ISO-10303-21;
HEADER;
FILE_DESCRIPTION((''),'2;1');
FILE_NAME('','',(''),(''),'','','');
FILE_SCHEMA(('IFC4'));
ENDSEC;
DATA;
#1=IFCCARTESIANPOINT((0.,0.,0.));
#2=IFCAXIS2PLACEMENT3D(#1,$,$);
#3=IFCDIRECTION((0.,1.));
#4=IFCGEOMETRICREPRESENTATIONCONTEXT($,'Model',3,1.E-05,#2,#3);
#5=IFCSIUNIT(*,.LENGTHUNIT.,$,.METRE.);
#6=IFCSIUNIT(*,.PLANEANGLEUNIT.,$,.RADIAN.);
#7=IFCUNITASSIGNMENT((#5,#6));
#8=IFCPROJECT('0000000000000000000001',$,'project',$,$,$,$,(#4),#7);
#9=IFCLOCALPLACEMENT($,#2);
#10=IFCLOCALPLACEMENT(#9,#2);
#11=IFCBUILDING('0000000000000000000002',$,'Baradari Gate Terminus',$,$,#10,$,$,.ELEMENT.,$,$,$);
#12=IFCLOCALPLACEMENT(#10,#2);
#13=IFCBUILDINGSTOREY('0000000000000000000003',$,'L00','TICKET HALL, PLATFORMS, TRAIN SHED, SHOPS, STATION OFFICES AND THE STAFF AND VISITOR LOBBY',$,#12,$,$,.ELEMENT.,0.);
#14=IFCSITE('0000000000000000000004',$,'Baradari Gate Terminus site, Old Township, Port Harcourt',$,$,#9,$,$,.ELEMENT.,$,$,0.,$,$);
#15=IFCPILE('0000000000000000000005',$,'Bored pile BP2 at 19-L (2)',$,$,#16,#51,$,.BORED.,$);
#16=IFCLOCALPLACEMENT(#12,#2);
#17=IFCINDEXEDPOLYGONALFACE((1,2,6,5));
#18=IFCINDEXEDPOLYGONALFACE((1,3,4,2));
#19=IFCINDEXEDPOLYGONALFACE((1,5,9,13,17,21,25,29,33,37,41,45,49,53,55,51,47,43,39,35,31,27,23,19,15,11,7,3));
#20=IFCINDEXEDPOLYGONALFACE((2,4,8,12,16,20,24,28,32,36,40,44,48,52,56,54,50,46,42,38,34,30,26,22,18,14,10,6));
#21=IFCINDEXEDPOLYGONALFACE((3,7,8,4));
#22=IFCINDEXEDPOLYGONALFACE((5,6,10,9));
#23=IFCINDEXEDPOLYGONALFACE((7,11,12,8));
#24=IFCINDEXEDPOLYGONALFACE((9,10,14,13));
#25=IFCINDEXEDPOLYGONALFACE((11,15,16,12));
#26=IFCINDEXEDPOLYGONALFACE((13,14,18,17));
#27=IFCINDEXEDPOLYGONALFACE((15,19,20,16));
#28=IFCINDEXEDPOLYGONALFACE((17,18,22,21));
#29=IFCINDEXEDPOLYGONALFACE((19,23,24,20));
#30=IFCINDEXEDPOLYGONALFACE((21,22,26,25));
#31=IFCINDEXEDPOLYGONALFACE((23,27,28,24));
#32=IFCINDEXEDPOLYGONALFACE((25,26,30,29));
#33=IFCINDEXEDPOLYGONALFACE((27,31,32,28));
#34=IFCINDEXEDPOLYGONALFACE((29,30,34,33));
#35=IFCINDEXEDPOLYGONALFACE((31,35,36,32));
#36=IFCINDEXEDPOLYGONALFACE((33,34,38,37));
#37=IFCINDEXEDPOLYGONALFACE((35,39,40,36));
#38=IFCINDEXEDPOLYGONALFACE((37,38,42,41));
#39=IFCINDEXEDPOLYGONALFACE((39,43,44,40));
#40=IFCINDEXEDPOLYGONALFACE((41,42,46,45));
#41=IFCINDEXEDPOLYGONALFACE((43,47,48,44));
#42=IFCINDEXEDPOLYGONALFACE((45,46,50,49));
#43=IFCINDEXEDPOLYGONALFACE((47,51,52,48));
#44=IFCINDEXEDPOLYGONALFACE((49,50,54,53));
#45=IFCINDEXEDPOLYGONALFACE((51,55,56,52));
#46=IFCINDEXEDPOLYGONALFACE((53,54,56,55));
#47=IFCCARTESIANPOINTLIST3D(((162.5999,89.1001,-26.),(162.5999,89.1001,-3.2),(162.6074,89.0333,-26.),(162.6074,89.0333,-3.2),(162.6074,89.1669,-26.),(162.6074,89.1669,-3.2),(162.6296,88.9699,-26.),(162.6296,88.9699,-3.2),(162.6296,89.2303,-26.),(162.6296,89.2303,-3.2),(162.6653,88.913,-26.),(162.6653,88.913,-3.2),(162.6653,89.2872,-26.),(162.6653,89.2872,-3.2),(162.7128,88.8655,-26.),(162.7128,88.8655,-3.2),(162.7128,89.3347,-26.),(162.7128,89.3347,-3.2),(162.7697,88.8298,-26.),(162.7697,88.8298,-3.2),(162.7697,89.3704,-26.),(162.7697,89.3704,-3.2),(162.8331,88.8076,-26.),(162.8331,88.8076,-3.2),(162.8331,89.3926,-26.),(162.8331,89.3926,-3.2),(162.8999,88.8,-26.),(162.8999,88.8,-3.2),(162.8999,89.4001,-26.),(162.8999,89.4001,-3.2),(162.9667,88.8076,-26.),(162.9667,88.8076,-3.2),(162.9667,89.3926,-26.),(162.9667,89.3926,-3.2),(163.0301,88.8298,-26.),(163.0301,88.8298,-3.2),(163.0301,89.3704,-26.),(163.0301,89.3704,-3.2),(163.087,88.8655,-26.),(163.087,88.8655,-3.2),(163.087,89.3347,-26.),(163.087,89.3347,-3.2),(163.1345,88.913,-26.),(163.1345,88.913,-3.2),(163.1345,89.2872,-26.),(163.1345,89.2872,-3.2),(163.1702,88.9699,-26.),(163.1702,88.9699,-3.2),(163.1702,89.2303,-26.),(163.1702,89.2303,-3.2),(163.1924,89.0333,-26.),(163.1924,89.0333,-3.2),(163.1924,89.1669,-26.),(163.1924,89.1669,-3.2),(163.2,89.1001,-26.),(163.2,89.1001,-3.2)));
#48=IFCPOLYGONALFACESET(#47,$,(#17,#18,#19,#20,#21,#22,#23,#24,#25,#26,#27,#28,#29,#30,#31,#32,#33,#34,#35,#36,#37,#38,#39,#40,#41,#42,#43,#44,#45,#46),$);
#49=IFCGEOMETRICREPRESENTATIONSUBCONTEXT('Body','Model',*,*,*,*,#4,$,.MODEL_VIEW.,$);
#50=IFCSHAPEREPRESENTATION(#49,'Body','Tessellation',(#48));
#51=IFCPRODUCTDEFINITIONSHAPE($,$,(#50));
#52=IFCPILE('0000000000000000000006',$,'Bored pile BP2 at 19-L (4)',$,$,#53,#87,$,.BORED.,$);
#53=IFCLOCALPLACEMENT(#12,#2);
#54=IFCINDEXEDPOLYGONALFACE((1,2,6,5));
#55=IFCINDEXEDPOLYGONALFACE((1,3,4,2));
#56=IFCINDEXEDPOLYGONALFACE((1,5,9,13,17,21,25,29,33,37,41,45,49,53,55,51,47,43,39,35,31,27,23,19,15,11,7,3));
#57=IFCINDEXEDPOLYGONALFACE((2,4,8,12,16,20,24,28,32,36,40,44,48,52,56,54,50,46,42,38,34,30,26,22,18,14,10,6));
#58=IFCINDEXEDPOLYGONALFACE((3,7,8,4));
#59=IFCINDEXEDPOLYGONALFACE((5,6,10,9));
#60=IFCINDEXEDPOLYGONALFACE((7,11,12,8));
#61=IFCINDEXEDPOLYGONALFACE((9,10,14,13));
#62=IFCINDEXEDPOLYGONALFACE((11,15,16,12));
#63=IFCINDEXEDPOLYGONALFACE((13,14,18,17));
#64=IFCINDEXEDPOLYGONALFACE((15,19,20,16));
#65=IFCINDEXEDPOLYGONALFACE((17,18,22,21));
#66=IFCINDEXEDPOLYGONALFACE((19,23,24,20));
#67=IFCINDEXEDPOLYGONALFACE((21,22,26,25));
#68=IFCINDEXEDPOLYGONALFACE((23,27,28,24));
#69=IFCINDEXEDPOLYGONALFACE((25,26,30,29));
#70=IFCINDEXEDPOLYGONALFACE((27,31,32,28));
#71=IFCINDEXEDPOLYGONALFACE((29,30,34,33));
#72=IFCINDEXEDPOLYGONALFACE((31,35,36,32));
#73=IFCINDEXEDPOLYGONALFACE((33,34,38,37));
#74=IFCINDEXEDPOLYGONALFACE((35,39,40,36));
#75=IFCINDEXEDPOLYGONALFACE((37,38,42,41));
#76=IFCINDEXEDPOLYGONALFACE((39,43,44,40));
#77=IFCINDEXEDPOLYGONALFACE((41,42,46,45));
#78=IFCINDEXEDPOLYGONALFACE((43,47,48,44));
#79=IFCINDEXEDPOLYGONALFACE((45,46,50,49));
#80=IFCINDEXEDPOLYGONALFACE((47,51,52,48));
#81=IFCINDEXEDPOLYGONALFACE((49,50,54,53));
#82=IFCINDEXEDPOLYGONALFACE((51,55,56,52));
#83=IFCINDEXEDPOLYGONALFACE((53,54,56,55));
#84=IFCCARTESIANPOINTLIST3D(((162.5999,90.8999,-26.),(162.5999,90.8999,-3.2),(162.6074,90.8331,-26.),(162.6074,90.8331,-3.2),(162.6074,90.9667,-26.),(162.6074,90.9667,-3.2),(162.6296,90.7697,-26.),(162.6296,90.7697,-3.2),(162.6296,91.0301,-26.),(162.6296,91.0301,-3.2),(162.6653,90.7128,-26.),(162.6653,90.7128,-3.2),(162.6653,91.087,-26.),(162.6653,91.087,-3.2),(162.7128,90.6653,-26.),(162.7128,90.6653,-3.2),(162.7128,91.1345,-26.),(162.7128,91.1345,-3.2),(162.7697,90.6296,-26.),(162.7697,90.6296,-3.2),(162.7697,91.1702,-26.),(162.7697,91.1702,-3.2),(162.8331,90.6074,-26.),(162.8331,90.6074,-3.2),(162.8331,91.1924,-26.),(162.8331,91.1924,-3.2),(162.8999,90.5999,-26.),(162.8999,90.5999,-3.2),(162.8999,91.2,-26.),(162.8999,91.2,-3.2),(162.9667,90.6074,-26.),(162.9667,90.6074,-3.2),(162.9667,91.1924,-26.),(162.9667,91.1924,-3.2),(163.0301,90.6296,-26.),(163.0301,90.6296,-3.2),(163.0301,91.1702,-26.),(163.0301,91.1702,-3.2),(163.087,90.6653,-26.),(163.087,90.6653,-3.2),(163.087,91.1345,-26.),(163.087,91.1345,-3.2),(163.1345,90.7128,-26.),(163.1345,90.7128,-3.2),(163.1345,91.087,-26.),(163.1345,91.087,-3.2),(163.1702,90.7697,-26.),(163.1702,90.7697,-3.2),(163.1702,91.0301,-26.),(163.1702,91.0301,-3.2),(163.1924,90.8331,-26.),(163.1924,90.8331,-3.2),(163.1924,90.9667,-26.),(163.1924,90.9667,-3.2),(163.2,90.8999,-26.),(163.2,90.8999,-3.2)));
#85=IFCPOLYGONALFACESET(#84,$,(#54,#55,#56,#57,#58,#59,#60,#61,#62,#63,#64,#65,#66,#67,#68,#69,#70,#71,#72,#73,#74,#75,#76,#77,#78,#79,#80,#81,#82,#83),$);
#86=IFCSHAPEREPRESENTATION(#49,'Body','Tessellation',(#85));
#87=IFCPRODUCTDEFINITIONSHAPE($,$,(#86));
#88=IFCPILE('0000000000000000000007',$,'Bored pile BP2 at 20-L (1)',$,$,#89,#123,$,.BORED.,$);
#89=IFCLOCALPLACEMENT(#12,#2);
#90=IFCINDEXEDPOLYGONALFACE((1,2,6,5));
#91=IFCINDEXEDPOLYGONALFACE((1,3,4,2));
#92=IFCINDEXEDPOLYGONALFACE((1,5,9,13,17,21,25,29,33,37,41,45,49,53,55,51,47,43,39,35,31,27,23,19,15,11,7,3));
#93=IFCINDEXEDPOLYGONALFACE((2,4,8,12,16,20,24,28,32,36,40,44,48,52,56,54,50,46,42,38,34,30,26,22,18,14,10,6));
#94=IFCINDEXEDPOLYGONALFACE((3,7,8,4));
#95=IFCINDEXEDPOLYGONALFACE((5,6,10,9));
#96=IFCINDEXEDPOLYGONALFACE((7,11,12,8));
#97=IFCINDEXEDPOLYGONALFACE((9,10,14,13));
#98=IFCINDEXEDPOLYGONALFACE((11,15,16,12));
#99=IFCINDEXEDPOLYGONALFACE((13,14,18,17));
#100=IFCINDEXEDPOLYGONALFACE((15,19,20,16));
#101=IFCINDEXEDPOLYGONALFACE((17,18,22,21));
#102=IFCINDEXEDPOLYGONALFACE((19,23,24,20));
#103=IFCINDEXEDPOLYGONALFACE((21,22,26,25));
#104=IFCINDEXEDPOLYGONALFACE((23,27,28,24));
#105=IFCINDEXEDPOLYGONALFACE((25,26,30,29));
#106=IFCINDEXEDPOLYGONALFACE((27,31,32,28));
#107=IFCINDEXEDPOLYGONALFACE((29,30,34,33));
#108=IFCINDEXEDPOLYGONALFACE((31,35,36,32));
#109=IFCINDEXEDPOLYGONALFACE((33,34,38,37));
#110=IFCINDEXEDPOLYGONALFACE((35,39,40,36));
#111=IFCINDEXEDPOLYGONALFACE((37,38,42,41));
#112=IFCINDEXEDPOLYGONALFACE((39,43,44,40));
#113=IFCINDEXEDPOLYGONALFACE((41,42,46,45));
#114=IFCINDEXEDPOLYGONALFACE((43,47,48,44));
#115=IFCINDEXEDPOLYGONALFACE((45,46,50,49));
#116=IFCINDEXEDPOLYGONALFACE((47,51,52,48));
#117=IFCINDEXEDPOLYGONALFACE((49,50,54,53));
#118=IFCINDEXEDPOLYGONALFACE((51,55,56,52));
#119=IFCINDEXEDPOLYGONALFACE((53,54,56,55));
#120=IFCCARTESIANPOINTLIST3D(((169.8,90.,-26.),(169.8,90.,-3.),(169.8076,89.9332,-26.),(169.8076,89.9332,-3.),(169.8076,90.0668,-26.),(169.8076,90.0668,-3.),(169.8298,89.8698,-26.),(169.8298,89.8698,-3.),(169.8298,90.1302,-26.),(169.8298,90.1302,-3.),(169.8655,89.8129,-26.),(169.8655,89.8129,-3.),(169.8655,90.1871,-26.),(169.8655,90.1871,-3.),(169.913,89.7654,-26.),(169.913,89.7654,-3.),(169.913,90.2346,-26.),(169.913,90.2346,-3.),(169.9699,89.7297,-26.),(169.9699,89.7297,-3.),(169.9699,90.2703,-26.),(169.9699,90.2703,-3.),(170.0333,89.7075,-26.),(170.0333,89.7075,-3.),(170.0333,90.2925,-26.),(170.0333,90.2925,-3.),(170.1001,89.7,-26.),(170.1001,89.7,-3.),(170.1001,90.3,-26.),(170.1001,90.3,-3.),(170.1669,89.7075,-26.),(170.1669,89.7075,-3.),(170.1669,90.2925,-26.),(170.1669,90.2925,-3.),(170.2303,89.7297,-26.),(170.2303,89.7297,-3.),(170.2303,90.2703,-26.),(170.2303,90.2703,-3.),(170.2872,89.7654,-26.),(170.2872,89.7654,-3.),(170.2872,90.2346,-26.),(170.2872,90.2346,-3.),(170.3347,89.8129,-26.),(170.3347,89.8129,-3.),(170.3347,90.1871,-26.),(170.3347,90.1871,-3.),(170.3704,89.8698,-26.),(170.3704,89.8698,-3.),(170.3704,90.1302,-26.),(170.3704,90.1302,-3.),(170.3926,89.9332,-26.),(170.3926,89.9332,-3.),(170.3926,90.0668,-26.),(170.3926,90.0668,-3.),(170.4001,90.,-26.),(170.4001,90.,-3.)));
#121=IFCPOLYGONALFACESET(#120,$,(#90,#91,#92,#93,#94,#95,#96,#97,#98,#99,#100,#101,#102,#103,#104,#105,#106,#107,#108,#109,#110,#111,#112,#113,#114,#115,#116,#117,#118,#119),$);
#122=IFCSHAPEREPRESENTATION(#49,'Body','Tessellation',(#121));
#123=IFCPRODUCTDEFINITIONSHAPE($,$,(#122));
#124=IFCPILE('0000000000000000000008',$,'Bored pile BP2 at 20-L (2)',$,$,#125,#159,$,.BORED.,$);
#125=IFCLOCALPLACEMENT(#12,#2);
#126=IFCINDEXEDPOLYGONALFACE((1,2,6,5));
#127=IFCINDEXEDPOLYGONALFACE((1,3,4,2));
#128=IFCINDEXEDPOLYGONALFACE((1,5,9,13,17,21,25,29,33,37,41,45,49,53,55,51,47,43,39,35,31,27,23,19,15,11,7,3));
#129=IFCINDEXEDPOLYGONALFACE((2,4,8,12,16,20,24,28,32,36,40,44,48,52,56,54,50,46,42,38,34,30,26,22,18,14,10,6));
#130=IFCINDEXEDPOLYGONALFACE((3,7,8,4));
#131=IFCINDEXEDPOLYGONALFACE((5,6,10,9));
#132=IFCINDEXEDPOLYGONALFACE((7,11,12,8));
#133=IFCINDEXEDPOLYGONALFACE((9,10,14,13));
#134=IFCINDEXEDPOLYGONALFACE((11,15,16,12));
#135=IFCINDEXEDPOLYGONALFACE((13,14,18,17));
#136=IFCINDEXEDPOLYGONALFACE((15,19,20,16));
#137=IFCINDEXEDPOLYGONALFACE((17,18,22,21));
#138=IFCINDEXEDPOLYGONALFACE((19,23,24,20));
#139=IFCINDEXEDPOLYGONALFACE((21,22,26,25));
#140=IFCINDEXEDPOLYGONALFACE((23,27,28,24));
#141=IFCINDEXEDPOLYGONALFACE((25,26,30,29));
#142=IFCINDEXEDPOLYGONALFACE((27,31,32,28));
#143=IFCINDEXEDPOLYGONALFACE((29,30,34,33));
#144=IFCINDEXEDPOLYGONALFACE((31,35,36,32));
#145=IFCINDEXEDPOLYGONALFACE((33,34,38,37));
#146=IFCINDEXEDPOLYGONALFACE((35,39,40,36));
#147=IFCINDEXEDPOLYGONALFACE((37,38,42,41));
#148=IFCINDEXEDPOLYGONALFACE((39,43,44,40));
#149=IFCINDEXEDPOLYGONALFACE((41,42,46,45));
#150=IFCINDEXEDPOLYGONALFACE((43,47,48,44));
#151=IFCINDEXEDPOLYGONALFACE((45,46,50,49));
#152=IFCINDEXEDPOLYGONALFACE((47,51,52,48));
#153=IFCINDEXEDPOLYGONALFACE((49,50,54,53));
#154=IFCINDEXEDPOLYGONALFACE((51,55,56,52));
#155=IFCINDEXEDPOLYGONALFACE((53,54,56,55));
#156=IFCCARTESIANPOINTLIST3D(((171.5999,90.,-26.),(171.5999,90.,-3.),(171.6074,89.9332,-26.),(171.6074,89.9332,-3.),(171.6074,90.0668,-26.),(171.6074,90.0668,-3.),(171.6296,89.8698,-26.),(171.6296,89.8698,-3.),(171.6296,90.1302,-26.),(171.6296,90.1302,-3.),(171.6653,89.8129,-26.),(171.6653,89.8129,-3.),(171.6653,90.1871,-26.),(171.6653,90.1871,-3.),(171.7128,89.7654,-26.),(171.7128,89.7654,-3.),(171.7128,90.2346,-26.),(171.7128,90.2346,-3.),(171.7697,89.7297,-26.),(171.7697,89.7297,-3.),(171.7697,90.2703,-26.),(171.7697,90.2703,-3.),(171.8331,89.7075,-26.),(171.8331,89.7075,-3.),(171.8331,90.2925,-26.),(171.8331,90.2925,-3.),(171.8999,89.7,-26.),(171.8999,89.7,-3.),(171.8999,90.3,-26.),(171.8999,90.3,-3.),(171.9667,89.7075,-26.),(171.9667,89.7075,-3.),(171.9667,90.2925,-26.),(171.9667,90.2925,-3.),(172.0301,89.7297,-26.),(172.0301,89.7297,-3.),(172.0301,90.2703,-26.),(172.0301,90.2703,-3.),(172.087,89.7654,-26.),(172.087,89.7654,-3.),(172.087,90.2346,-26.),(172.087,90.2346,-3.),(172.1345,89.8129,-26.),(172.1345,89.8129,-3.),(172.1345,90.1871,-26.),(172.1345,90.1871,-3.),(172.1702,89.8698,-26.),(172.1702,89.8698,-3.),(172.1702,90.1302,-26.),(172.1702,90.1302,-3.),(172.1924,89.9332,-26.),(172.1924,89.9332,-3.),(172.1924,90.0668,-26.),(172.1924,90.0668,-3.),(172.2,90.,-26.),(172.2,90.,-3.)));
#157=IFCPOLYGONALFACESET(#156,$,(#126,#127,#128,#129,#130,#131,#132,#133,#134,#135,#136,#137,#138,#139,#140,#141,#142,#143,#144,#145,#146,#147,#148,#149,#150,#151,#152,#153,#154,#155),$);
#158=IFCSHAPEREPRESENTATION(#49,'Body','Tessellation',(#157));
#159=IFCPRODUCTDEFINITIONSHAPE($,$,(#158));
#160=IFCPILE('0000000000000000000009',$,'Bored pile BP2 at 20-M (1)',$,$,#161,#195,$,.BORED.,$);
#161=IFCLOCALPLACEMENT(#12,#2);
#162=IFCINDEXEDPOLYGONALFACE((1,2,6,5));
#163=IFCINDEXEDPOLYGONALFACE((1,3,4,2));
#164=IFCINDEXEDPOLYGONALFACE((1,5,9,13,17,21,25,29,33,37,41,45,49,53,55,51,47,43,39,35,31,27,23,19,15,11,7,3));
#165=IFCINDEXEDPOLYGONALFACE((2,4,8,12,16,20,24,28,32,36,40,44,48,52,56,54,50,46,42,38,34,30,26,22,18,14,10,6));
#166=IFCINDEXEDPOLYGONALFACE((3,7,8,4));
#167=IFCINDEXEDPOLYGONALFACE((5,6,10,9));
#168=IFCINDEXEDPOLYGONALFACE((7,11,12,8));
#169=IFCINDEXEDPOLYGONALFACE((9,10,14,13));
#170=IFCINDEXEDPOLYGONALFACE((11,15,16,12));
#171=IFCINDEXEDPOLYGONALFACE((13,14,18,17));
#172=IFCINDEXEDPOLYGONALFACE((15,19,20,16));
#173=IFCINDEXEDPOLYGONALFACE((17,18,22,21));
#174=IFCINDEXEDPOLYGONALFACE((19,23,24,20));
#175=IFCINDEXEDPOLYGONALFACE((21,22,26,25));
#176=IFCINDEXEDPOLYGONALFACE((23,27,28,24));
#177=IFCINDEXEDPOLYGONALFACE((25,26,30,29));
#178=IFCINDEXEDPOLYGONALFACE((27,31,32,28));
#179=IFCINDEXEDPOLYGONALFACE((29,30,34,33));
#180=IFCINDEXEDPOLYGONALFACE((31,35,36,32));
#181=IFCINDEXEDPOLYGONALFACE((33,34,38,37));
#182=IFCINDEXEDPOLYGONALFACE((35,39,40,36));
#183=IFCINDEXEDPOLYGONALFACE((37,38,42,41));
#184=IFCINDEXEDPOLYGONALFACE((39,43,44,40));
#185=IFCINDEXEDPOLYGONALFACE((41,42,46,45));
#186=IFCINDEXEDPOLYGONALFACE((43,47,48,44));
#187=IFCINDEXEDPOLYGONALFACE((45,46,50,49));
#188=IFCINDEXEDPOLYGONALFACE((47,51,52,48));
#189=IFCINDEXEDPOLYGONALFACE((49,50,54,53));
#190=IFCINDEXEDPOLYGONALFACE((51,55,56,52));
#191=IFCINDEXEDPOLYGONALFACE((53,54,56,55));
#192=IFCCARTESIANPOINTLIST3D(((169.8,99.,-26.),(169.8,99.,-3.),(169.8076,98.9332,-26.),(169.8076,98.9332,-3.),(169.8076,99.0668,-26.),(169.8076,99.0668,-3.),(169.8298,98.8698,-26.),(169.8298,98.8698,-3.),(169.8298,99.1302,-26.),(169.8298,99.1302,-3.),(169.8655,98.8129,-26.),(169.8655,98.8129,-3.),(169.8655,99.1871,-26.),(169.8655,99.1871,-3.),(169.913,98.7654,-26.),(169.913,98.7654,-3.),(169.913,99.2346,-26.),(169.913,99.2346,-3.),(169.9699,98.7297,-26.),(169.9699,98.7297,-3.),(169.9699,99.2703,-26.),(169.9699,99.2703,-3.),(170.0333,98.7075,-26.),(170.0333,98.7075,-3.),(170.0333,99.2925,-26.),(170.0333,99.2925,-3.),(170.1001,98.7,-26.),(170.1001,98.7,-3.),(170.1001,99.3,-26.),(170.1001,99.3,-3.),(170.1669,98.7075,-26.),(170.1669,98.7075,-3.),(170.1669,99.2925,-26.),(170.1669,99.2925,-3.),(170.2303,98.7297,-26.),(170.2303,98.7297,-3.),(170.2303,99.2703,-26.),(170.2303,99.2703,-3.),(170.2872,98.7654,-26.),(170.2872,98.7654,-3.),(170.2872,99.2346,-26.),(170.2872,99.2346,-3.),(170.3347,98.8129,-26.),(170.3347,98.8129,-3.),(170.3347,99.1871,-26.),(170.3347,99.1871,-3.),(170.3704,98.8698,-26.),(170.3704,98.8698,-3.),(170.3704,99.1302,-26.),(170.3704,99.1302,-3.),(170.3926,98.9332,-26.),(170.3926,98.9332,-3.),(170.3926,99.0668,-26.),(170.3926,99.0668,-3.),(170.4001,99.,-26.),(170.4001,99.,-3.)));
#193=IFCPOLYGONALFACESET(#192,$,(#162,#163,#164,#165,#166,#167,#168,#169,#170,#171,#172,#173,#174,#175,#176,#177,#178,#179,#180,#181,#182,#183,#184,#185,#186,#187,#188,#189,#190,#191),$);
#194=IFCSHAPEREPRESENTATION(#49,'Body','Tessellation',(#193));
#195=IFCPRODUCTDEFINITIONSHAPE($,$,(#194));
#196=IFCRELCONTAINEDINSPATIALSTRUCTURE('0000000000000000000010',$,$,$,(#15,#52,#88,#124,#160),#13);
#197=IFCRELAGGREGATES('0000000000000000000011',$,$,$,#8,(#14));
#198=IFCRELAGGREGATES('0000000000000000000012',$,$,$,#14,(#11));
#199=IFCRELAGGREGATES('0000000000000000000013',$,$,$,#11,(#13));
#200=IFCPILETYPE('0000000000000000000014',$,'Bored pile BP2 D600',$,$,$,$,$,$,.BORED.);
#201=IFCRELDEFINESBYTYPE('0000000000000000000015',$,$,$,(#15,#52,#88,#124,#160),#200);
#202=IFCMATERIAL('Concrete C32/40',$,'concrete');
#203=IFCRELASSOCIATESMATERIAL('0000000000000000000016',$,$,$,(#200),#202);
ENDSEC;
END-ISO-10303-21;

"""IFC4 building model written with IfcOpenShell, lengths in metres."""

from ifc_helpers import new_model, si_unit, direction, frame, origin, origin_2d, place, context, subcontext, project, spatial, circle, extrude, material, type_object, element, save


model = new_model("IFC4")

# Units and contexts
model_context = context("Model", 3, precision=1e-05, world=origin(), true_north=direction((0.0, 1.0)))
body_context = subcontext(model_context, "Body", "Model", "MODEL_VIEW")
ifc_project = project(units=[si_unit("LENGTHUNIT", "METRE"), si_unit("PLANEANGLEUNIT", "RADIAN")], contexts=[model_context])

# Site, building, storey
site_placement = place(None, origin())
site = spatial("IfcSite", under=ifc_project, at=site_placement, Name="Baradari Gate Terminus site, Old Township, Port Harcourt", CompositionType="ELEMENT", RefElevation=0.0)
building_placement = place(site_placement, origin())
building = spatial("IfcBuilding", under=site, at=building_placement, Name="Baradari Gate Terminus", CompositionType="ELEMENT")
storey_placement = place(building_placement, origin())
storey = spatial("IfcBuildingStorey", under=building, at=storey_placement, Name="L00", Description="TICKET HALL, PLATFORMS, TRAIN SHED, SHOPS, STATION OFFICES AND THE STAFF AND VISITOR LOBBY", CompositionType="ELEMENT", Elevation=0.0)

# Piles
ifc_material_1 = material(Name="Concrete C32/40", Category="concrete")
pile_type = type_object("IfcPileType", Name="Bored pile BP2 D600", PredefinedType="BORED", material=ifc_material_1)
for number, where, z_axis, x_axis, name in (
    (1, (162.8999, 89.1001, -3.2), (0.0, 0.0, -1.0), (1.0, 0.0, 0.0), "Bored pile BP2 at 19-L (2)"),
    (2, (162.8999, 90.8999, -3.2), (0.0, 0.0, -1.0), (1.0, 0.0, 0.0), "Bored pile BP2 at 19-L (4)"),
):
    element("IfcPile", number, at=place(storey_placement, frame(where, z_axis=z_axis, x_axis=x_axis)), inside=storey, type_object=pile_type, Name=name, PredefinedType="BORED", context=body_context, shape_type="SweptSolid", body=[
        extrude(circle(Radius=0.3, at=origin_2d()), origin(), (0.0, 0.0, 1.0), 22.8),
    ])
for number, where, z_axis, x_axis, name in (
    (3, (170.1001, 90.0, -3.0), (0.0, 0.0, -1.0), (1.0, 0.0, 0.0), "Bored pile BP2 at 20-L (1)"),
    (4, (171.8999, 90.0, -3.0), (0.0, 0.0, -1.0), (1.0, 0.0, 0.0), "Bored pile BP2 at 20-L (2)"),
    (5, (170.1001, 99.0, -3.0), (0.0, 0.0, -1.0), (1.0, 0.0, 0.0), "Bored pile BP2 at 20-M (1)"),
):
    element("IfcPile", number, at=place(storey_placement, frame(where, z_axis=z_axis, x_axis=x_axis)), inside=storey, type_object=pile_type, Name=name, PredefinedType="BORED", context=body_context, shape_type="SweptSolid", body=[
        extrude(circle(Radius=0.3, at=origin_2d()), origin(), (0.0, 0.0, 1.0), 23.0),
    ])

save(model, "model.ifc")
